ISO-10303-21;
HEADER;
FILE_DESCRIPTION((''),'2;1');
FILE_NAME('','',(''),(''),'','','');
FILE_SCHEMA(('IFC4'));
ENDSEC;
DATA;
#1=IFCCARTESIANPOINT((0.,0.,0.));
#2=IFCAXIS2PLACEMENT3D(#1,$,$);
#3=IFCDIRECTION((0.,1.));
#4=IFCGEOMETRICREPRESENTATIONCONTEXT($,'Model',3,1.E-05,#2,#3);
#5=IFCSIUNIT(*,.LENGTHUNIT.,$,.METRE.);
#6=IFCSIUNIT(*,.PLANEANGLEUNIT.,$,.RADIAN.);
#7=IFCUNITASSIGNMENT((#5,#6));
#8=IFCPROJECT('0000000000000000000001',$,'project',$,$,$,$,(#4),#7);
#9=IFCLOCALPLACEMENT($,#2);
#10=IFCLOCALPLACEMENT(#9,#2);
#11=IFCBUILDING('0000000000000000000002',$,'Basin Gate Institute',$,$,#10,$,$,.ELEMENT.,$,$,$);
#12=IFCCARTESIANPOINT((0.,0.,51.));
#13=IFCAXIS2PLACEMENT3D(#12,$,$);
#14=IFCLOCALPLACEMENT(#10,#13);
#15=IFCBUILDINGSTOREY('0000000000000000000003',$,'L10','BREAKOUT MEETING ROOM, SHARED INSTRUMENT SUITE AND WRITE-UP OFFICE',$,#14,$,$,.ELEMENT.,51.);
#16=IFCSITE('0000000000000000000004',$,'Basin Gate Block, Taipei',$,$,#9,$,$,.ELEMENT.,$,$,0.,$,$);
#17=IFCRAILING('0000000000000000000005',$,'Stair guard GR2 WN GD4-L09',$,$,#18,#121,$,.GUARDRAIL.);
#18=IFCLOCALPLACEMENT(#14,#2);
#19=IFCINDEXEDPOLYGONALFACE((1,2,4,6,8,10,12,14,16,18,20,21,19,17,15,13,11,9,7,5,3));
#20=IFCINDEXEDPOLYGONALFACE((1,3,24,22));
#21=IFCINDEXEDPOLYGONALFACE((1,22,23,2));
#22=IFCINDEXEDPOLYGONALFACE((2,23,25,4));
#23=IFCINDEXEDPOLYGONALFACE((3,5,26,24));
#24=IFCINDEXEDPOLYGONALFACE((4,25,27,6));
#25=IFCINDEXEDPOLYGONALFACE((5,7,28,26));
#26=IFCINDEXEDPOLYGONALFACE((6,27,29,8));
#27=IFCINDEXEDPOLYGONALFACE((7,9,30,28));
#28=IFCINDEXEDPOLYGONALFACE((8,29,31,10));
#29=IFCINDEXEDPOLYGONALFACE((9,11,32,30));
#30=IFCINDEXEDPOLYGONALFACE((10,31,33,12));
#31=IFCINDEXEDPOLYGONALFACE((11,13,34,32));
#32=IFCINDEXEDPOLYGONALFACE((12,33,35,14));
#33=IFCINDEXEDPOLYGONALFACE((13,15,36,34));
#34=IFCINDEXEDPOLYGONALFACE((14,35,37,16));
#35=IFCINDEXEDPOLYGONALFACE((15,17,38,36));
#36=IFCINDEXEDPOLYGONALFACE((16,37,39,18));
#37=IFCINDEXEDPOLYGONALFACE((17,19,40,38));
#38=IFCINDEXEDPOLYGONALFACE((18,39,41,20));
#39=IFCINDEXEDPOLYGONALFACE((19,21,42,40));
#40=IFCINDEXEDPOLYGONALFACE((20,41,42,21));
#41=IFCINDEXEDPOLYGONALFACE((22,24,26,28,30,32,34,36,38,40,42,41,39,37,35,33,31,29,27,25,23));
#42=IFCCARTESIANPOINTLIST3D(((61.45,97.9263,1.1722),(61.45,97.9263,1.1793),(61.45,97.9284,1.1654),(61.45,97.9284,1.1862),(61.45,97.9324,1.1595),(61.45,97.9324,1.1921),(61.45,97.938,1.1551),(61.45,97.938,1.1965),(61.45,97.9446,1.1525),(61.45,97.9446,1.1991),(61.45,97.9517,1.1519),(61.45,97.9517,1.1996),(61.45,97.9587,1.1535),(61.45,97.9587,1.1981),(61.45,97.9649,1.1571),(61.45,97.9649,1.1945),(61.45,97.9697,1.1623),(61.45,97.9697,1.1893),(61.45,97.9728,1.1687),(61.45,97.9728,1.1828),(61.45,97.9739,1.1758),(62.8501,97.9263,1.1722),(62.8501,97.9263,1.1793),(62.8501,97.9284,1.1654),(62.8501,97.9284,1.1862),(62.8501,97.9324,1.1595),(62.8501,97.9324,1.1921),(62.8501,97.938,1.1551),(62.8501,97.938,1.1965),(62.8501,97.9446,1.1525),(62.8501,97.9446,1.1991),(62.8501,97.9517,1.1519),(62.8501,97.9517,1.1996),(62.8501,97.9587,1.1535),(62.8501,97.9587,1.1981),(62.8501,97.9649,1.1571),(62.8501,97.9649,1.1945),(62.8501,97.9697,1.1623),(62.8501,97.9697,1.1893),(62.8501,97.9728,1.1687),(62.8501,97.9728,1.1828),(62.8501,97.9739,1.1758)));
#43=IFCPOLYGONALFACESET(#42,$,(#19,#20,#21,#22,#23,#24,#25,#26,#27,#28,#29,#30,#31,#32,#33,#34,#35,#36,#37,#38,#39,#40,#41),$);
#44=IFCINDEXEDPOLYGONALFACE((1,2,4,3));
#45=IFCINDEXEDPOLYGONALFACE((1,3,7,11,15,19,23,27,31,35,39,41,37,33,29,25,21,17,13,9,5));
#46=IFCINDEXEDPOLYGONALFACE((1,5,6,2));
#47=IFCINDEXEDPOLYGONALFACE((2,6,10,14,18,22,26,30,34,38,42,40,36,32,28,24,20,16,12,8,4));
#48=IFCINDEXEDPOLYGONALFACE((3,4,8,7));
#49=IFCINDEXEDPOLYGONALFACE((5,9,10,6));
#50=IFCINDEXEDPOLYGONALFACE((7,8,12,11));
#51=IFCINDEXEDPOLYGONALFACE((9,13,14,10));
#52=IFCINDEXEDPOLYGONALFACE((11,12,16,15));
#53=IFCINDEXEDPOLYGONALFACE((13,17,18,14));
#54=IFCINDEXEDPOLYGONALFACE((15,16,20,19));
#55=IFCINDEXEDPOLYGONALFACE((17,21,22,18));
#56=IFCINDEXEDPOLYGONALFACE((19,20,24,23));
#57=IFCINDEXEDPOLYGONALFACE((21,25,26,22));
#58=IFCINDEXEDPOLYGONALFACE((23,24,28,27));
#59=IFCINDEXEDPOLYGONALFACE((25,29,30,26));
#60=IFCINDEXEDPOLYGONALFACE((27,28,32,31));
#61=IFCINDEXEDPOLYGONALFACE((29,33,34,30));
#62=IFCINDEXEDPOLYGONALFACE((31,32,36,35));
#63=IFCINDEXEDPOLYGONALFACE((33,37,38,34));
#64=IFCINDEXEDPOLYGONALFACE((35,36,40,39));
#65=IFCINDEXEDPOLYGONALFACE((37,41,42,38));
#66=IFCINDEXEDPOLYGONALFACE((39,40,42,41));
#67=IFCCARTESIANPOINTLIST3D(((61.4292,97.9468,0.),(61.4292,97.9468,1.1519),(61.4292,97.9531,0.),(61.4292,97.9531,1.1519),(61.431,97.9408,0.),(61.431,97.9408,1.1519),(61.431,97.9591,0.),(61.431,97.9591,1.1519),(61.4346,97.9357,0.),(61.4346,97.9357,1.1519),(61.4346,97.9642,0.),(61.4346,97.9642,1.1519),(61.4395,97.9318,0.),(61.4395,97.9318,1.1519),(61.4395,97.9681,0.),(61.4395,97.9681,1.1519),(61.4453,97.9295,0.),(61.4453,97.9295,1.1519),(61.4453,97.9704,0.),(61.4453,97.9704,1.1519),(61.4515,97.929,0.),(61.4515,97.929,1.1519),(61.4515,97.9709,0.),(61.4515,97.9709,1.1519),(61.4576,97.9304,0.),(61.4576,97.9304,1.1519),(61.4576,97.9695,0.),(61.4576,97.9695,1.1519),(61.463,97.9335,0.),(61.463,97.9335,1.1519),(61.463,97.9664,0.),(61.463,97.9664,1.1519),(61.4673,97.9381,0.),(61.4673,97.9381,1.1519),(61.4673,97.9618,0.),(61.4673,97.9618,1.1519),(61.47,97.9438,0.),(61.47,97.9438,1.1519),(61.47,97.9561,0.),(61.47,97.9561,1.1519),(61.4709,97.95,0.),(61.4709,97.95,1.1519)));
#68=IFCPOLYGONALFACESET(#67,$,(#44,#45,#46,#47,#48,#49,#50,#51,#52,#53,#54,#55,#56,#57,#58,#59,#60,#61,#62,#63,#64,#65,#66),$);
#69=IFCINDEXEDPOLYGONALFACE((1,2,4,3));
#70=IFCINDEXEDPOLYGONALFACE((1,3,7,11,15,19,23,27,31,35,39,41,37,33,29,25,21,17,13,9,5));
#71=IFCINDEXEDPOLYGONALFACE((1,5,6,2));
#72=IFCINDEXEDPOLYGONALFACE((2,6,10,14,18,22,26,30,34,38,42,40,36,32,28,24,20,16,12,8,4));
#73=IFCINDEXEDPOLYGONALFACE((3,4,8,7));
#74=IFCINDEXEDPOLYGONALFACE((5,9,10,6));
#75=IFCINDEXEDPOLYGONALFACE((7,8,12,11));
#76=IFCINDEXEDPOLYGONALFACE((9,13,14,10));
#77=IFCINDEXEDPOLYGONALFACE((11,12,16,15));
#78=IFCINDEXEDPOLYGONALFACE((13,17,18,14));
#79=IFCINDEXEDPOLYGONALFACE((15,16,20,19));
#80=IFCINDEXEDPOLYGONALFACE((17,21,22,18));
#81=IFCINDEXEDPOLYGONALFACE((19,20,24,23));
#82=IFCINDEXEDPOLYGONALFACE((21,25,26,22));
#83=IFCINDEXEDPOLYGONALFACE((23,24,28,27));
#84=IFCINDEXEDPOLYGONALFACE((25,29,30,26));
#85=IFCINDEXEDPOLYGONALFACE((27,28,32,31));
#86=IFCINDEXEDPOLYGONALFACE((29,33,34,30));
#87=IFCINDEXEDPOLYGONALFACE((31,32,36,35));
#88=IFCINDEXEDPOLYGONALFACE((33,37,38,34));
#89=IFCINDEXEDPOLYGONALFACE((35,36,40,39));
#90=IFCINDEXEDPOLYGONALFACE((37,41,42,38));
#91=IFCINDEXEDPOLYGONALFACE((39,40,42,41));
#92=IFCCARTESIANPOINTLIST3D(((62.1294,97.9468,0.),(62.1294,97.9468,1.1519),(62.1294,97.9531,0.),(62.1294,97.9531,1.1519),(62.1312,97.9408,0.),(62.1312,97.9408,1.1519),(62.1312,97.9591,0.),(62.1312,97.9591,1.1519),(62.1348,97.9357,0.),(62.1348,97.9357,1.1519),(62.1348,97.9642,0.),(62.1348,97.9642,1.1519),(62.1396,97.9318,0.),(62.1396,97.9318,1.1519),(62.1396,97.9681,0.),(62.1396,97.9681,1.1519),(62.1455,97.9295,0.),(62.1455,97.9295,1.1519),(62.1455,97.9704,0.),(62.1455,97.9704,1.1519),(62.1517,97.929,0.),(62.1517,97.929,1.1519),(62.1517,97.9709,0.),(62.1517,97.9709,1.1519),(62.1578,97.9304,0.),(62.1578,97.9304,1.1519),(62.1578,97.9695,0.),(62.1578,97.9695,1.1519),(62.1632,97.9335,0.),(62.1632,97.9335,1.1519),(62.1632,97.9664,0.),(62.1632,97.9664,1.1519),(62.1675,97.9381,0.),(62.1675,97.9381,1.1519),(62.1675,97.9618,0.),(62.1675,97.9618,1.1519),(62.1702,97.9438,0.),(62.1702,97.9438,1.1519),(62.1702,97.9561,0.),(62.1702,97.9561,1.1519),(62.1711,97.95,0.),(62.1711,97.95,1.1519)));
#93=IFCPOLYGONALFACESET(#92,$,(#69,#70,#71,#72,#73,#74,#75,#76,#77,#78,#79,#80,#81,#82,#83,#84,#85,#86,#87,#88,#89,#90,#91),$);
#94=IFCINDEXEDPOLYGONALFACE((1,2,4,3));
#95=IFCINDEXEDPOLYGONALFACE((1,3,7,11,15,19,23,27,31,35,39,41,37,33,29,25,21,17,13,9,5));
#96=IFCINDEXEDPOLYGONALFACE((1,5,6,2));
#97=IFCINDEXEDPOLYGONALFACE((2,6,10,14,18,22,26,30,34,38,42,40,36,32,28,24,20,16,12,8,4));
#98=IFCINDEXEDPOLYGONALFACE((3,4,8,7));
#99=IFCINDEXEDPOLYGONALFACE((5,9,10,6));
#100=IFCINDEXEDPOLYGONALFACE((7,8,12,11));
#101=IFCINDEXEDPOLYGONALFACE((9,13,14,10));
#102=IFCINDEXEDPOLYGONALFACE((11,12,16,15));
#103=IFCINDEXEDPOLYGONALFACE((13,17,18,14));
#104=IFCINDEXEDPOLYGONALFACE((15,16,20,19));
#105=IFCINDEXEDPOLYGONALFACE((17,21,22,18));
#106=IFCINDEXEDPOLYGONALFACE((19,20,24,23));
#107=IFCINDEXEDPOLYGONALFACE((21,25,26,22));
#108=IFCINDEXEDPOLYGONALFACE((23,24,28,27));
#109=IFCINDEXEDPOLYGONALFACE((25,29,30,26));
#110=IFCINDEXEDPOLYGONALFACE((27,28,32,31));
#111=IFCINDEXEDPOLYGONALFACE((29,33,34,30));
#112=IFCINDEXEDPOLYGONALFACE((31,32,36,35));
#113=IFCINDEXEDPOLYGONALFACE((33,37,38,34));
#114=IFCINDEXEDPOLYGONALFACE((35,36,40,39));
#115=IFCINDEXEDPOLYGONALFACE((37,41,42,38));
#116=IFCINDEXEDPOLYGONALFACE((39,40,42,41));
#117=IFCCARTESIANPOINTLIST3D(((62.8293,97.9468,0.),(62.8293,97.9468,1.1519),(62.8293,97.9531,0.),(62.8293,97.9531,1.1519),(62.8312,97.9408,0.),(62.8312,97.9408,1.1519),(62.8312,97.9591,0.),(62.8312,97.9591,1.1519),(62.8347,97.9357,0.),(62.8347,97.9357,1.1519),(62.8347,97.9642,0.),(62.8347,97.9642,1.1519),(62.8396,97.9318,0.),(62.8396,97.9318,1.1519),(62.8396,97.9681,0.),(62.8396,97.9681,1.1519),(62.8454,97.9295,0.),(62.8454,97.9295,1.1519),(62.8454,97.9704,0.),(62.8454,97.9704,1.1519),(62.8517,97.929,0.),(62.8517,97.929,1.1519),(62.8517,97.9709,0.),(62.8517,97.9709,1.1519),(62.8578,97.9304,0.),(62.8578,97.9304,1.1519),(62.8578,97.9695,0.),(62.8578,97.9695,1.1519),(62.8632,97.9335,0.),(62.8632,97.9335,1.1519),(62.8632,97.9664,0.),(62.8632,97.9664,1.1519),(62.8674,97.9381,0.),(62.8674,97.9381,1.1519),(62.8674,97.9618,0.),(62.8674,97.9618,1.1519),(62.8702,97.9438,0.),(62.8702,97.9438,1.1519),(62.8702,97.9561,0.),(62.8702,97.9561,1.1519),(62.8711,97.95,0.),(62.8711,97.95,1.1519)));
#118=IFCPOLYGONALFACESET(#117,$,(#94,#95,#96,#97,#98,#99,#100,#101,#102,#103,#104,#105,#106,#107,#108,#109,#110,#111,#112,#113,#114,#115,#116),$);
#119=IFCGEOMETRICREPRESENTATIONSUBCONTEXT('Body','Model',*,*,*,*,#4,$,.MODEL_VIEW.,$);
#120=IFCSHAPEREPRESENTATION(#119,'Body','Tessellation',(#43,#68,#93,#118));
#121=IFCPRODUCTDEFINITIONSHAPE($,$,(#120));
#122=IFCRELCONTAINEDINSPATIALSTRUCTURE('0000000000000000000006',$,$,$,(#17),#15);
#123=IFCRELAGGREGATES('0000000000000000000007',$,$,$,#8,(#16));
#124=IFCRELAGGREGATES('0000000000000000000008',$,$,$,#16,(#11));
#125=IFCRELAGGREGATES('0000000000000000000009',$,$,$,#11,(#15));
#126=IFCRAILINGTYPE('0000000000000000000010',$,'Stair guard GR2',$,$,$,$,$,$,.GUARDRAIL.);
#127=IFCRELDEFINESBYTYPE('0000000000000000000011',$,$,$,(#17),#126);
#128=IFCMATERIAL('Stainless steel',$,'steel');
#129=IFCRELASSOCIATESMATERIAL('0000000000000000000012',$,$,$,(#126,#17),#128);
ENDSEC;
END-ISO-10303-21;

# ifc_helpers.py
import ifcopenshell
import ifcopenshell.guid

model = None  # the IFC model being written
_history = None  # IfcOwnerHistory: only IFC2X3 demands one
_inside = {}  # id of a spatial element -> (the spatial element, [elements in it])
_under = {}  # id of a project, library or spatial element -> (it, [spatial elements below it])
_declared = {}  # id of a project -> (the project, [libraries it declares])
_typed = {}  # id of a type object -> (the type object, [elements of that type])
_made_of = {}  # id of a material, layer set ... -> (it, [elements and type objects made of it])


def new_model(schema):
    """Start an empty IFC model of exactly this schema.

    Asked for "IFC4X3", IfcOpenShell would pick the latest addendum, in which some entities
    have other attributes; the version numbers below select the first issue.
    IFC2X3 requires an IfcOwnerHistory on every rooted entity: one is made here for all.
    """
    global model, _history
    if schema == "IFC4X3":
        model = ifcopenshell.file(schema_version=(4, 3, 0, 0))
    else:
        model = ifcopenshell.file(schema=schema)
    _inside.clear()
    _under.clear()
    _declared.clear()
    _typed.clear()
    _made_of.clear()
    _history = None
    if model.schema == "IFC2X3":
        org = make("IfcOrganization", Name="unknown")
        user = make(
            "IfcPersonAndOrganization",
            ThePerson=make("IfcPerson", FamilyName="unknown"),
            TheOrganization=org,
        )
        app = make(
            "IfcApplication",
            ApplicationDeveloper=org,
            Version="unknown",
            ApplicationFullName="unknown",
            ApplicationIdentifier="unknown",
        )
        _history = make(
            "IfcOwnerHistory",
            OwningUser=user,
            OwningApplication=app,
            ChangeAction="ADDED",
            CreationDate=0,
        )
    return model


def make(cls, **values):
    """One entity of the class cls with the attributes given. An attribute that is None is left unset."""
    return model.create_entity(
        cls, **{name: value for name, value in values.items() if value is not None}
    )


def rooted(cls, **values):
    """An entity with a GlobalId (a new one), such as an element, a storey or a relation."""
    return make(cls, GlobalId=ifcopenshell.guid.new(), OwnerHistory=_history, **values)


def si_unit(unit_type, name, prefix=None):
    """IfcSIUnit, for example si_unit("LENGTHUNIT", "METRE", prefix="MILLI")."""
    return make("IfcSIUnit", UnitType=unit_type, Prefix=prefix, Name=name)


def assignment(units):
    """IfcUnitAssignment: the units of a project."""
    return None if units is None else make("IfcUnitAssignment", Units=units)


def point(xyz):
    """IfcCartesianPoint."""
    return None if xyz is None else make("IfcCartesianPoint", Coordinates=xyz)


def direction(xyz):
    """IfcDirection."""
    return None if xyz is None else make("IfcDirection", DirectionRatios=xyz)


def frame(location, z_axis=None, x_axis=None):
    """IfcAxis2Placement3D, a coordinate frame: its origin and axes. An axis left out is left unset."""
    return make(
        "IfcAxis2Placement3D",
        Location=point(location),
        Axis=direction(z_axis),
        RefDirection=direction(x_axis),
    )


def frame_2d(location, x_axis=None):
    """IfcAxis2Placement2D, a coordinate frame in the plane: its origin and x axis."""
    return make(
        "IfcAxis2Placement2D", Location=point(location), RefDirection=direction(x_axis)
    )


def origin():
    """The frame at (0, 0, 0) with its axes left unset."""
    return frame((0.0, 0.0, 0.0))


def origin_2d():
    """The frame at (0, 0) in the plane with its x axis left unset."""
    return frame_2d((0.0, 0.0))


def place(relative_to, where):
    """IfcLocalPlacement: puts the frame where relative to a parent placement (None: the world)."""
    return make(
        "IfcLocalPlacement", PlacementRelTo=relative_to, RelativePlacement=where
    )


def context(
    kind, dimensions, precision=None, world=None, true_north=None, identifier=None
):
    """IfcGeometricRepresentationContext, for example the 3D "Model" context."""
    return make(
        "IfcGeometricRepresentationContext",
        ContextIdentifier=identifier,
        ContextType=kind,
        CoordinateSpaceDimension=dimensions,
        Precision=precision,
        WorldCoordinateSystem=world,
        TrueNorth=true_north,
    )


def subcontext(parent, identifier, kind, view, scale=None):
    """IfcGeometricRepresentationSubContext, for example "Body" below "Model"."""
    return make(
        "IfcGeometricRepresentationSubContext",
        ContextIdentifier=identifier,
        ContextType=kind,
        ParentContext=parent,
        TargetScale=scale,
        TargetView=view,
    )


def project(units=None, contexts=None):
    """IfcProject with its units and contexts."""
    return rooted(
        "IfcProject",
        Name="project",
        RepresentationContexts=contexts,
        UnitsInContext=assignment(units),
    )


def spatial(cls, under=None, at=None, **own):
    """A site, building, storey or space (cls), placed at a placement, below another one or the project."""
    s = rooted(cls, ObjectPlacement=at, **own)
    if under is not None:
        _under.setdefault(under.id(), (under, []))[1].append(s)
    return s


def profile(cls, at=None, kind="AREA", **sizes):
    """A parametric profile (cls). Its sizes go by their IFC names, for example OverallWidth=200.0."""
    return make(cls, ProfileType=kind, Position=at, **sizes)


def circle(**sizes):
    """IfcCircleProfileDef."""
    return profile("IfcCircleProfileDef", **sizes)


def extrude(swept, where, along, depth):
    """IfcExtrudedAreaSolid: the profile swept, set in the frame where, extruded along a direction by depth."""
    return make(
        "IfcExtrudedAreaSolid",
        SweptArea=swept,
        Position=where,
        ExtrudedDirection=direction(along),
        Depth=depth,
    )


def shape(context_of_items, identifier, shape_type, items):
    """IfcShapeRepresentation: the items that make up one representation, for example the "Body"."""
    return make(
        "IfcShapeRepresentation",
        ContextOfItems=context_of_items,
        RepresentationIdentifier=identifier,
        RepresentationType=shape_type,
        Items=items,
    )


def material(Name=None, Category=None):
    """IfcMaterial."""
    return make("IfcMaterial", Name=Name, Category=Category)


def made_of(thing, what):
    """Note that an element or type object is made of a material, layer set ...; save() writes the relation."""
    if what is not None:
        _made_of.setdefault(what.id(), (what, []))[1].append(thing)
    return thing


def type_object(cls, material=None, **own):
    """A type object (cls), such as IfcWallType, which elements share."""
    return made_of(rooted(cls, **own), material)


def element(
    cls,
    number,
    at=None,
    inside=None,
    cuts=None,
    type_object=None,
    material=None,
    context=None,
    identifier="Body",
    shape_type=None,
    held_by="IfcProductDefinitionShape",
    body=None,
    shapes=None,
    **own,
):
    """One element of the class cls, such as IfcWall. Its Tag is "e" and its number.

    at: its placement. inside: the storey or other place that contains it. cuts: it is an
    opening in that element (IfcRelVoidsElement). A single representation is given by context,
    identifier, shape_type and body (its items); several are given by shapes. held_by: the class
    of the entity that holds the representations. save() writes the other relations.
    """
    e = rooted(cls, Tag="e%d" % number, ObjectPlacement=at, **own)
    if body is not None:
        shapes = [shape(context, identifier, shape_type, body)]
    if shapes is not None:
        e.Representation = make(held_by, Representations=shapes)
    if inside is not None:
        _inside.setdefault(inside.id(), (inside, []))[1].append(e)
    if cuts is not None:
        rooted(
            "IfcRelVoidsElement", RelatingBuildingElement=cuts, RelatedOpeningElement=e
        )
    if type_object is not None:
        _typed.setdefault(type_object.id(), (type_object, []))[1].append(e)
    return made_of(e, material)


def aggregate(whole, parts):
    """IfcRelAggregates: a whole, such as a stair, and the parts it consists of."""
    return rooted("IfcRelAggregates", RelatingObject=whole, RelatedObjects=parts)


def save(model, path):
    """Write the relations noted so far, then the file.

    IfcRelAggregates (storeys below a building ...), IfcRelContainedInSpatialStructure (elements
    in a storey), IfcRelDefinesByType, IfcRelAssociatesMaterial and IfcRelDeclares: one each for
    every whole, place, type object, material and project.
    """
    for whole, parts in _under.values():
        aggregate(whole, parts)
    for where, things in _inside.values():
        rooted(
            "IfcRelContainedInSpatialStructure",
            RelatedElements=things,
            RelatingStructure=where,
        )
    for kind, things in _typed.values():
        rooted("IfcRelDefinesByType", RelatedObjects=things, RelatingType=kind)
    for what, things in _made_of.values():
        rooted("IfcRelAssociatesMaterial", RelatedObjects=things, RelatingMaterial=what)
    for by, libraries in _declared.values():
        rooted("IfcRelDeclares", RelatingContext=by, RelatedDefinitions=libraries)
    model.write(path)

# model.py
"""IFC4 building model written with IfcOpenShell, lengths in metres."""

from ifc_helpers import new_model, si_unit, direction, frame, origin, origin_2d, place, context, subcontext, project, spatial, circle, extrude, material, type_object, element, save


model = new_model("IFC4")

# Units and contexts
model_context = context("Model", 3, precision=1e-05, world=origin(), true_north=direction((0.0, 1.0)))
body_context = subcontext(model_context, "Body", "Model", "MODEL_VIEW")
ifc_project = project(units=[si_unit("LENGTHUNIT", "METRE"), si_unit("PLANEANGLEUNIT", "RADIAN")], contexts=[model_context])

# Site, building, storey
site_placement = place(None, origin())
site = spatial("IfcSite", under=ifc_project, at=site_placement, Name="Basin Gate Block, Taipei", CompositionType="ELEMENT", RefElevation=0.0)
building_placement = place(site_placement, origin())
building = spatial("IfcBuilding", under=site, at=building_placement, Name="Basin Gate Institute", CompositionType="ELEMENT")
storey_placement = place(building_placement, frame((0.0, 0.0, 51.0)))
storey = spatial("IfcBuildingStorey", under=building, at=storey_placement, Name="L10", Description="BREAKOUT MEETING ROOM, SHARED INSTRUMENT SUITE AND WRITE-UP OFFICE", CompositionType="ELEMENT", Elevation=51.0)

# Railing
ifc_material_1 = material(Name="Stainless steel", Category="steel")
railing_type_1 = type_object("IfcRailingType", Name="Stair guard GR2", PredefinedType="GUARDRAIL", material=ifc_material_1)
railing_1_placement = place(storey_placement, frame((61.45, 97.95, 0.0)))
element("IfcRailing", 1, at=railing_1_placement, inside=storey, type_object=railing_type_1, material=ifc_material_1, Name="Stair guard GR2 WN GD4-L09", PredefinedType="GUARDRAIL", context=body_context, shape_type="SweptSolid", body=[
    extrude(circle(Radius=0.0239, at=origin_2d()), frame((0.0, 0.0, 1.1758), z_axis=(1.0, 0.0, 0.0), x_axis=(0.0, 1.0, 0.0)), (0.0, 0.0, 1.0), 1.4001),
    extrude(circle(Radius=0.021, at=origin_2d()), origin(), (0.0, 0.0, 1.0), 1.1519),
    extrude(circle(Radius=0.021, at=origin_2d()), frame((0.7002, 0.0, 0.0)), (0.0, 0.0, 1.0), 1.1519),
    extrude(circle(Radius=0.021, at=origin_2d()), frame((1.4001, 0.0, 0.0)), (0.0, 0.0, 1.0), 1.1519),
])

save(model, "model.ifc")
